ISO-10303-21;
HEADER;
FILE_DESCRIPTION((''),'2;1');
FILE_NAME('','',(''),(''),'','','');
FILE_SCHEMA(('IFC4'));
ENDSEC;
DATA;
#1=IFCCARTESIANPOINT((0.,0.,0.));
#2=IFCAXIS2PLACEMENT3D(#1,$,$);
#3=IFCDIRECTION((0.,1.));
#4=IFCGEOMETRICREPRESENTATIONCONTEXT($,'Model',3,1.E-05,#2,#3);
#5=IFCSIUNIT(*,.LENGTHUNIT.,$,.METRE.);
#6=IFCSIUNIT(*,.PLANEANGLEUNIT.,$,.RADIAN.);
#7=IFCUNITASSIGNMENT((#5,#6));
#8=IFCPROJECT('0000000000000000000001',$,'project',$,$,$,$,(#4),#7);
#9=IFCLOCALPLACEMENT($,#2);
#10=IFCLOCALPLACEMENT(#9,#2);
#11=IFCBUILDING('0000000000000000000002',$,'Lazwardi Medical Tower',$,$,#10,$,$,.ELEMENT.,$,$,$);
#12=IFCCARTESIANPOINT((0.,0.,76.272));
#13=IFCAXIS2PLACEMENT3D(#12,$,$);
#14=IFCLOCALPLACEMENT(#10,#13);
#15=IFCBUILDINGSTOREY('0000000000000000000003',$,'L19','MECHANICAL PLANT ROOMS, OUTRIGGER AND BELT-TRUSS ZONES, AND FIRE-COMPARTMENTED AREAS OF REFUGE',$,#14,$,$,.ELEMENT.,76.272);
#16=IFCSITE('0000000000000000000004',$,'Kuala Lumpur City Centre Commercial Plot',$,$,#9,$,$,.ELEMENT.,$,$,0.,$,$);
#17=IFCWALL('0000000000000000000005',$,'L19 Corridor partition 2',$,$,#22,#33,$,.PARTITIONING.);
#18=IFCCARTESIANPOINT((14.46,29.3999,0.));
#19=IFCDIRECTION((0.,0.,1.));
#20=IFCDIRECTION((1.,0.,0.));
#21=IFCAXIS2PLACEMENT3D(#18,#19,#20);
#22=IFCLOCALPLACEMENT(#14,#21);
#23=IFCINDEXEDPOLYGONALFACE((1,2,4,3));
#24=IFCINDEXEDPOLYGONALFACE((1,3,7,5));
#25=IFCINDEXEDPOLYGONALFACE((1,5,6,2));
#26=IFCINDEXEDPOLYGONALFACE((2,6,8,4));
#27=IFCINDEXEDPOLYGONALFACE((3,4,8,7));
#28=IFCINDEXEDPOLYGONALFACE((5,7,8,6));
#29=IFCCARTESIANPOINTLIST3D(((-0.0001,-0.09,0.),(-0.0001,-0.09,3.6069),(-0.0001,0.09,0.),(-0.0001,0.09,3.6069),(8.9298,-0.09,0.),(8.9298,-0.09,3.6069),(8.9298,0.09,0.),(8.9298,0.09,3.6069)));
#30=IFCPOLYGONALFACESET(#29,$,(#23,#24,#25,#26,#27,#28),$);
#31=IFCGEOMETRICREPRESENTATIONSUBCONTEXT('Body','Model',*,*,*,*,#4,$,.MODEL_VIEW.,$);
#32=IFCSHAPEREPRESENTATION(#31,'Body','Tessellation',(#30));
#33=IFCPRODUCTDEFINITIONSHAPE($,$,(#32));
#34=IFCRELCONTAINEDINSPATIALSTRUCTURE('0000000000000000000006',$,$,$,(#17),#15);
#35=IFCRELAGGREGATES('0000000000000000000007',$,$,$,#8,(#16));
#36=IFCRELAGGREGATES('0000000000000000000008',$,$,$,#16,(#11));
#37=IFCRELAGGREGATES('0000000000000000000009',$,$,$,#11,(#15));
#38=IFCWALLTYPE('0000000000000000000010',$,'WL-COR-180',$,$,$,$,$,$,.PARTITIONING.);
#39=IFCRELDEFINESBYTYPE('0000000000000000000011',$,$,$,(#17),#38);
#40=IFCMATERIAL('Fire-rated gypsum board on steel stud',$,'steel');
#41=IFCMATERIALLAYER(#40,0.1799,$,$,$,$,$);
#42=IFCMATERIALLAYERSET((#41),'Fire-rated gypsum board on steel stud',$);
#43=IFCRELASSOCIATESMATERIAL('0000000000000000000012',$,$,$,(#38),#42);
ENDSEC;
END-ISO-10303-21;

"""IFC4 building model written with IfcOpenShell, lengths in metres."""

from ifc_helpers import new_model, si_unit, direction, frame, frame_2d, origin, place, context, subcontext, project, spatial, rectangle, extrude, material, layer, layer_set, type_object, element, save


model = new_model("IFC4")

# Units and contexts
model_context = context("Model", 3, precision=1e-05, world=origin(), true_north=direction((0.0, 1.0)))
body_context = subcontext(model_context, "Body", "Model", "MODEL_VIEW")
ifc_project = project(units=[si_unit("LENGTHUNIT", "METRE"), si_unit("PLANEANGLEUNIT", "RADIAN")], contexts=[model_context])

# Site, building, storey
site_placement = place(None, origin())
site = spatial("IfcSite", under=ifc_project, at=site_placement, Name="Kuala Lumpur City Centre Commercial Plot", CompositionType="ELEMENT", RefElevation=0.0)
building_placement = place(site_placement, origin())
building = spatial("IfcBuilding", under=site, at=building_placement, Name="Lazwardi Medical Tower", CompositionType="ELEMENT")
storey_placement = place(building_placement, frame((0.0, 0.0, 76.272)))
storey = spatial("IfcBuildingStorey", under=building, at=storey_placement, Name="L19", Description="MECHANICAL PLANT ROOMS, OUTRIGGER AND BELT-TRUSS ZONES, AND FIRE-COMPARTMENTED AREAS OF REFUGE", CompositionType="ELEMENT", Elevation=76.272)

# Wall
ifc_material_1 = material(Name="Fire-rated gypsum board on steel stud", Category="steel")
ifc_layer_1 = layer(ifc_material_1, 0.1799)
ifc_layer_set_1 = layer_set([ifc_layer_1], Name="Fire-rated gypsum board on steel stud")
wall_type_1 = type_object("IfcWallType", Name="WL-COR-180", PredefinedType="PARTITIONING", material=ifc_layer_set_1)
wall_1_placement = place(storey_placement, frame((14.46, 29.3999, 0.0), z_axis=(0.0, 0.0, 1.0), x_axis=(1.0, 0.0, 0.0)))
element("IfcWall", 1, at=wall_1_placement, inside=storey, type_object=wall_type_1, Name="L19 Corridor partition 2", PredefinedType="PARTITIONING", context=body_context, shape_type="SweptSolid", body=[
    extrude(rectangle(XDim=8.9299, YDim=0.1799, at=frame_2d((4.4648, 0.0))), origin(), (0.0, 0.0, 1.0), 3.6069),
])

save(model, "model.ifc")
